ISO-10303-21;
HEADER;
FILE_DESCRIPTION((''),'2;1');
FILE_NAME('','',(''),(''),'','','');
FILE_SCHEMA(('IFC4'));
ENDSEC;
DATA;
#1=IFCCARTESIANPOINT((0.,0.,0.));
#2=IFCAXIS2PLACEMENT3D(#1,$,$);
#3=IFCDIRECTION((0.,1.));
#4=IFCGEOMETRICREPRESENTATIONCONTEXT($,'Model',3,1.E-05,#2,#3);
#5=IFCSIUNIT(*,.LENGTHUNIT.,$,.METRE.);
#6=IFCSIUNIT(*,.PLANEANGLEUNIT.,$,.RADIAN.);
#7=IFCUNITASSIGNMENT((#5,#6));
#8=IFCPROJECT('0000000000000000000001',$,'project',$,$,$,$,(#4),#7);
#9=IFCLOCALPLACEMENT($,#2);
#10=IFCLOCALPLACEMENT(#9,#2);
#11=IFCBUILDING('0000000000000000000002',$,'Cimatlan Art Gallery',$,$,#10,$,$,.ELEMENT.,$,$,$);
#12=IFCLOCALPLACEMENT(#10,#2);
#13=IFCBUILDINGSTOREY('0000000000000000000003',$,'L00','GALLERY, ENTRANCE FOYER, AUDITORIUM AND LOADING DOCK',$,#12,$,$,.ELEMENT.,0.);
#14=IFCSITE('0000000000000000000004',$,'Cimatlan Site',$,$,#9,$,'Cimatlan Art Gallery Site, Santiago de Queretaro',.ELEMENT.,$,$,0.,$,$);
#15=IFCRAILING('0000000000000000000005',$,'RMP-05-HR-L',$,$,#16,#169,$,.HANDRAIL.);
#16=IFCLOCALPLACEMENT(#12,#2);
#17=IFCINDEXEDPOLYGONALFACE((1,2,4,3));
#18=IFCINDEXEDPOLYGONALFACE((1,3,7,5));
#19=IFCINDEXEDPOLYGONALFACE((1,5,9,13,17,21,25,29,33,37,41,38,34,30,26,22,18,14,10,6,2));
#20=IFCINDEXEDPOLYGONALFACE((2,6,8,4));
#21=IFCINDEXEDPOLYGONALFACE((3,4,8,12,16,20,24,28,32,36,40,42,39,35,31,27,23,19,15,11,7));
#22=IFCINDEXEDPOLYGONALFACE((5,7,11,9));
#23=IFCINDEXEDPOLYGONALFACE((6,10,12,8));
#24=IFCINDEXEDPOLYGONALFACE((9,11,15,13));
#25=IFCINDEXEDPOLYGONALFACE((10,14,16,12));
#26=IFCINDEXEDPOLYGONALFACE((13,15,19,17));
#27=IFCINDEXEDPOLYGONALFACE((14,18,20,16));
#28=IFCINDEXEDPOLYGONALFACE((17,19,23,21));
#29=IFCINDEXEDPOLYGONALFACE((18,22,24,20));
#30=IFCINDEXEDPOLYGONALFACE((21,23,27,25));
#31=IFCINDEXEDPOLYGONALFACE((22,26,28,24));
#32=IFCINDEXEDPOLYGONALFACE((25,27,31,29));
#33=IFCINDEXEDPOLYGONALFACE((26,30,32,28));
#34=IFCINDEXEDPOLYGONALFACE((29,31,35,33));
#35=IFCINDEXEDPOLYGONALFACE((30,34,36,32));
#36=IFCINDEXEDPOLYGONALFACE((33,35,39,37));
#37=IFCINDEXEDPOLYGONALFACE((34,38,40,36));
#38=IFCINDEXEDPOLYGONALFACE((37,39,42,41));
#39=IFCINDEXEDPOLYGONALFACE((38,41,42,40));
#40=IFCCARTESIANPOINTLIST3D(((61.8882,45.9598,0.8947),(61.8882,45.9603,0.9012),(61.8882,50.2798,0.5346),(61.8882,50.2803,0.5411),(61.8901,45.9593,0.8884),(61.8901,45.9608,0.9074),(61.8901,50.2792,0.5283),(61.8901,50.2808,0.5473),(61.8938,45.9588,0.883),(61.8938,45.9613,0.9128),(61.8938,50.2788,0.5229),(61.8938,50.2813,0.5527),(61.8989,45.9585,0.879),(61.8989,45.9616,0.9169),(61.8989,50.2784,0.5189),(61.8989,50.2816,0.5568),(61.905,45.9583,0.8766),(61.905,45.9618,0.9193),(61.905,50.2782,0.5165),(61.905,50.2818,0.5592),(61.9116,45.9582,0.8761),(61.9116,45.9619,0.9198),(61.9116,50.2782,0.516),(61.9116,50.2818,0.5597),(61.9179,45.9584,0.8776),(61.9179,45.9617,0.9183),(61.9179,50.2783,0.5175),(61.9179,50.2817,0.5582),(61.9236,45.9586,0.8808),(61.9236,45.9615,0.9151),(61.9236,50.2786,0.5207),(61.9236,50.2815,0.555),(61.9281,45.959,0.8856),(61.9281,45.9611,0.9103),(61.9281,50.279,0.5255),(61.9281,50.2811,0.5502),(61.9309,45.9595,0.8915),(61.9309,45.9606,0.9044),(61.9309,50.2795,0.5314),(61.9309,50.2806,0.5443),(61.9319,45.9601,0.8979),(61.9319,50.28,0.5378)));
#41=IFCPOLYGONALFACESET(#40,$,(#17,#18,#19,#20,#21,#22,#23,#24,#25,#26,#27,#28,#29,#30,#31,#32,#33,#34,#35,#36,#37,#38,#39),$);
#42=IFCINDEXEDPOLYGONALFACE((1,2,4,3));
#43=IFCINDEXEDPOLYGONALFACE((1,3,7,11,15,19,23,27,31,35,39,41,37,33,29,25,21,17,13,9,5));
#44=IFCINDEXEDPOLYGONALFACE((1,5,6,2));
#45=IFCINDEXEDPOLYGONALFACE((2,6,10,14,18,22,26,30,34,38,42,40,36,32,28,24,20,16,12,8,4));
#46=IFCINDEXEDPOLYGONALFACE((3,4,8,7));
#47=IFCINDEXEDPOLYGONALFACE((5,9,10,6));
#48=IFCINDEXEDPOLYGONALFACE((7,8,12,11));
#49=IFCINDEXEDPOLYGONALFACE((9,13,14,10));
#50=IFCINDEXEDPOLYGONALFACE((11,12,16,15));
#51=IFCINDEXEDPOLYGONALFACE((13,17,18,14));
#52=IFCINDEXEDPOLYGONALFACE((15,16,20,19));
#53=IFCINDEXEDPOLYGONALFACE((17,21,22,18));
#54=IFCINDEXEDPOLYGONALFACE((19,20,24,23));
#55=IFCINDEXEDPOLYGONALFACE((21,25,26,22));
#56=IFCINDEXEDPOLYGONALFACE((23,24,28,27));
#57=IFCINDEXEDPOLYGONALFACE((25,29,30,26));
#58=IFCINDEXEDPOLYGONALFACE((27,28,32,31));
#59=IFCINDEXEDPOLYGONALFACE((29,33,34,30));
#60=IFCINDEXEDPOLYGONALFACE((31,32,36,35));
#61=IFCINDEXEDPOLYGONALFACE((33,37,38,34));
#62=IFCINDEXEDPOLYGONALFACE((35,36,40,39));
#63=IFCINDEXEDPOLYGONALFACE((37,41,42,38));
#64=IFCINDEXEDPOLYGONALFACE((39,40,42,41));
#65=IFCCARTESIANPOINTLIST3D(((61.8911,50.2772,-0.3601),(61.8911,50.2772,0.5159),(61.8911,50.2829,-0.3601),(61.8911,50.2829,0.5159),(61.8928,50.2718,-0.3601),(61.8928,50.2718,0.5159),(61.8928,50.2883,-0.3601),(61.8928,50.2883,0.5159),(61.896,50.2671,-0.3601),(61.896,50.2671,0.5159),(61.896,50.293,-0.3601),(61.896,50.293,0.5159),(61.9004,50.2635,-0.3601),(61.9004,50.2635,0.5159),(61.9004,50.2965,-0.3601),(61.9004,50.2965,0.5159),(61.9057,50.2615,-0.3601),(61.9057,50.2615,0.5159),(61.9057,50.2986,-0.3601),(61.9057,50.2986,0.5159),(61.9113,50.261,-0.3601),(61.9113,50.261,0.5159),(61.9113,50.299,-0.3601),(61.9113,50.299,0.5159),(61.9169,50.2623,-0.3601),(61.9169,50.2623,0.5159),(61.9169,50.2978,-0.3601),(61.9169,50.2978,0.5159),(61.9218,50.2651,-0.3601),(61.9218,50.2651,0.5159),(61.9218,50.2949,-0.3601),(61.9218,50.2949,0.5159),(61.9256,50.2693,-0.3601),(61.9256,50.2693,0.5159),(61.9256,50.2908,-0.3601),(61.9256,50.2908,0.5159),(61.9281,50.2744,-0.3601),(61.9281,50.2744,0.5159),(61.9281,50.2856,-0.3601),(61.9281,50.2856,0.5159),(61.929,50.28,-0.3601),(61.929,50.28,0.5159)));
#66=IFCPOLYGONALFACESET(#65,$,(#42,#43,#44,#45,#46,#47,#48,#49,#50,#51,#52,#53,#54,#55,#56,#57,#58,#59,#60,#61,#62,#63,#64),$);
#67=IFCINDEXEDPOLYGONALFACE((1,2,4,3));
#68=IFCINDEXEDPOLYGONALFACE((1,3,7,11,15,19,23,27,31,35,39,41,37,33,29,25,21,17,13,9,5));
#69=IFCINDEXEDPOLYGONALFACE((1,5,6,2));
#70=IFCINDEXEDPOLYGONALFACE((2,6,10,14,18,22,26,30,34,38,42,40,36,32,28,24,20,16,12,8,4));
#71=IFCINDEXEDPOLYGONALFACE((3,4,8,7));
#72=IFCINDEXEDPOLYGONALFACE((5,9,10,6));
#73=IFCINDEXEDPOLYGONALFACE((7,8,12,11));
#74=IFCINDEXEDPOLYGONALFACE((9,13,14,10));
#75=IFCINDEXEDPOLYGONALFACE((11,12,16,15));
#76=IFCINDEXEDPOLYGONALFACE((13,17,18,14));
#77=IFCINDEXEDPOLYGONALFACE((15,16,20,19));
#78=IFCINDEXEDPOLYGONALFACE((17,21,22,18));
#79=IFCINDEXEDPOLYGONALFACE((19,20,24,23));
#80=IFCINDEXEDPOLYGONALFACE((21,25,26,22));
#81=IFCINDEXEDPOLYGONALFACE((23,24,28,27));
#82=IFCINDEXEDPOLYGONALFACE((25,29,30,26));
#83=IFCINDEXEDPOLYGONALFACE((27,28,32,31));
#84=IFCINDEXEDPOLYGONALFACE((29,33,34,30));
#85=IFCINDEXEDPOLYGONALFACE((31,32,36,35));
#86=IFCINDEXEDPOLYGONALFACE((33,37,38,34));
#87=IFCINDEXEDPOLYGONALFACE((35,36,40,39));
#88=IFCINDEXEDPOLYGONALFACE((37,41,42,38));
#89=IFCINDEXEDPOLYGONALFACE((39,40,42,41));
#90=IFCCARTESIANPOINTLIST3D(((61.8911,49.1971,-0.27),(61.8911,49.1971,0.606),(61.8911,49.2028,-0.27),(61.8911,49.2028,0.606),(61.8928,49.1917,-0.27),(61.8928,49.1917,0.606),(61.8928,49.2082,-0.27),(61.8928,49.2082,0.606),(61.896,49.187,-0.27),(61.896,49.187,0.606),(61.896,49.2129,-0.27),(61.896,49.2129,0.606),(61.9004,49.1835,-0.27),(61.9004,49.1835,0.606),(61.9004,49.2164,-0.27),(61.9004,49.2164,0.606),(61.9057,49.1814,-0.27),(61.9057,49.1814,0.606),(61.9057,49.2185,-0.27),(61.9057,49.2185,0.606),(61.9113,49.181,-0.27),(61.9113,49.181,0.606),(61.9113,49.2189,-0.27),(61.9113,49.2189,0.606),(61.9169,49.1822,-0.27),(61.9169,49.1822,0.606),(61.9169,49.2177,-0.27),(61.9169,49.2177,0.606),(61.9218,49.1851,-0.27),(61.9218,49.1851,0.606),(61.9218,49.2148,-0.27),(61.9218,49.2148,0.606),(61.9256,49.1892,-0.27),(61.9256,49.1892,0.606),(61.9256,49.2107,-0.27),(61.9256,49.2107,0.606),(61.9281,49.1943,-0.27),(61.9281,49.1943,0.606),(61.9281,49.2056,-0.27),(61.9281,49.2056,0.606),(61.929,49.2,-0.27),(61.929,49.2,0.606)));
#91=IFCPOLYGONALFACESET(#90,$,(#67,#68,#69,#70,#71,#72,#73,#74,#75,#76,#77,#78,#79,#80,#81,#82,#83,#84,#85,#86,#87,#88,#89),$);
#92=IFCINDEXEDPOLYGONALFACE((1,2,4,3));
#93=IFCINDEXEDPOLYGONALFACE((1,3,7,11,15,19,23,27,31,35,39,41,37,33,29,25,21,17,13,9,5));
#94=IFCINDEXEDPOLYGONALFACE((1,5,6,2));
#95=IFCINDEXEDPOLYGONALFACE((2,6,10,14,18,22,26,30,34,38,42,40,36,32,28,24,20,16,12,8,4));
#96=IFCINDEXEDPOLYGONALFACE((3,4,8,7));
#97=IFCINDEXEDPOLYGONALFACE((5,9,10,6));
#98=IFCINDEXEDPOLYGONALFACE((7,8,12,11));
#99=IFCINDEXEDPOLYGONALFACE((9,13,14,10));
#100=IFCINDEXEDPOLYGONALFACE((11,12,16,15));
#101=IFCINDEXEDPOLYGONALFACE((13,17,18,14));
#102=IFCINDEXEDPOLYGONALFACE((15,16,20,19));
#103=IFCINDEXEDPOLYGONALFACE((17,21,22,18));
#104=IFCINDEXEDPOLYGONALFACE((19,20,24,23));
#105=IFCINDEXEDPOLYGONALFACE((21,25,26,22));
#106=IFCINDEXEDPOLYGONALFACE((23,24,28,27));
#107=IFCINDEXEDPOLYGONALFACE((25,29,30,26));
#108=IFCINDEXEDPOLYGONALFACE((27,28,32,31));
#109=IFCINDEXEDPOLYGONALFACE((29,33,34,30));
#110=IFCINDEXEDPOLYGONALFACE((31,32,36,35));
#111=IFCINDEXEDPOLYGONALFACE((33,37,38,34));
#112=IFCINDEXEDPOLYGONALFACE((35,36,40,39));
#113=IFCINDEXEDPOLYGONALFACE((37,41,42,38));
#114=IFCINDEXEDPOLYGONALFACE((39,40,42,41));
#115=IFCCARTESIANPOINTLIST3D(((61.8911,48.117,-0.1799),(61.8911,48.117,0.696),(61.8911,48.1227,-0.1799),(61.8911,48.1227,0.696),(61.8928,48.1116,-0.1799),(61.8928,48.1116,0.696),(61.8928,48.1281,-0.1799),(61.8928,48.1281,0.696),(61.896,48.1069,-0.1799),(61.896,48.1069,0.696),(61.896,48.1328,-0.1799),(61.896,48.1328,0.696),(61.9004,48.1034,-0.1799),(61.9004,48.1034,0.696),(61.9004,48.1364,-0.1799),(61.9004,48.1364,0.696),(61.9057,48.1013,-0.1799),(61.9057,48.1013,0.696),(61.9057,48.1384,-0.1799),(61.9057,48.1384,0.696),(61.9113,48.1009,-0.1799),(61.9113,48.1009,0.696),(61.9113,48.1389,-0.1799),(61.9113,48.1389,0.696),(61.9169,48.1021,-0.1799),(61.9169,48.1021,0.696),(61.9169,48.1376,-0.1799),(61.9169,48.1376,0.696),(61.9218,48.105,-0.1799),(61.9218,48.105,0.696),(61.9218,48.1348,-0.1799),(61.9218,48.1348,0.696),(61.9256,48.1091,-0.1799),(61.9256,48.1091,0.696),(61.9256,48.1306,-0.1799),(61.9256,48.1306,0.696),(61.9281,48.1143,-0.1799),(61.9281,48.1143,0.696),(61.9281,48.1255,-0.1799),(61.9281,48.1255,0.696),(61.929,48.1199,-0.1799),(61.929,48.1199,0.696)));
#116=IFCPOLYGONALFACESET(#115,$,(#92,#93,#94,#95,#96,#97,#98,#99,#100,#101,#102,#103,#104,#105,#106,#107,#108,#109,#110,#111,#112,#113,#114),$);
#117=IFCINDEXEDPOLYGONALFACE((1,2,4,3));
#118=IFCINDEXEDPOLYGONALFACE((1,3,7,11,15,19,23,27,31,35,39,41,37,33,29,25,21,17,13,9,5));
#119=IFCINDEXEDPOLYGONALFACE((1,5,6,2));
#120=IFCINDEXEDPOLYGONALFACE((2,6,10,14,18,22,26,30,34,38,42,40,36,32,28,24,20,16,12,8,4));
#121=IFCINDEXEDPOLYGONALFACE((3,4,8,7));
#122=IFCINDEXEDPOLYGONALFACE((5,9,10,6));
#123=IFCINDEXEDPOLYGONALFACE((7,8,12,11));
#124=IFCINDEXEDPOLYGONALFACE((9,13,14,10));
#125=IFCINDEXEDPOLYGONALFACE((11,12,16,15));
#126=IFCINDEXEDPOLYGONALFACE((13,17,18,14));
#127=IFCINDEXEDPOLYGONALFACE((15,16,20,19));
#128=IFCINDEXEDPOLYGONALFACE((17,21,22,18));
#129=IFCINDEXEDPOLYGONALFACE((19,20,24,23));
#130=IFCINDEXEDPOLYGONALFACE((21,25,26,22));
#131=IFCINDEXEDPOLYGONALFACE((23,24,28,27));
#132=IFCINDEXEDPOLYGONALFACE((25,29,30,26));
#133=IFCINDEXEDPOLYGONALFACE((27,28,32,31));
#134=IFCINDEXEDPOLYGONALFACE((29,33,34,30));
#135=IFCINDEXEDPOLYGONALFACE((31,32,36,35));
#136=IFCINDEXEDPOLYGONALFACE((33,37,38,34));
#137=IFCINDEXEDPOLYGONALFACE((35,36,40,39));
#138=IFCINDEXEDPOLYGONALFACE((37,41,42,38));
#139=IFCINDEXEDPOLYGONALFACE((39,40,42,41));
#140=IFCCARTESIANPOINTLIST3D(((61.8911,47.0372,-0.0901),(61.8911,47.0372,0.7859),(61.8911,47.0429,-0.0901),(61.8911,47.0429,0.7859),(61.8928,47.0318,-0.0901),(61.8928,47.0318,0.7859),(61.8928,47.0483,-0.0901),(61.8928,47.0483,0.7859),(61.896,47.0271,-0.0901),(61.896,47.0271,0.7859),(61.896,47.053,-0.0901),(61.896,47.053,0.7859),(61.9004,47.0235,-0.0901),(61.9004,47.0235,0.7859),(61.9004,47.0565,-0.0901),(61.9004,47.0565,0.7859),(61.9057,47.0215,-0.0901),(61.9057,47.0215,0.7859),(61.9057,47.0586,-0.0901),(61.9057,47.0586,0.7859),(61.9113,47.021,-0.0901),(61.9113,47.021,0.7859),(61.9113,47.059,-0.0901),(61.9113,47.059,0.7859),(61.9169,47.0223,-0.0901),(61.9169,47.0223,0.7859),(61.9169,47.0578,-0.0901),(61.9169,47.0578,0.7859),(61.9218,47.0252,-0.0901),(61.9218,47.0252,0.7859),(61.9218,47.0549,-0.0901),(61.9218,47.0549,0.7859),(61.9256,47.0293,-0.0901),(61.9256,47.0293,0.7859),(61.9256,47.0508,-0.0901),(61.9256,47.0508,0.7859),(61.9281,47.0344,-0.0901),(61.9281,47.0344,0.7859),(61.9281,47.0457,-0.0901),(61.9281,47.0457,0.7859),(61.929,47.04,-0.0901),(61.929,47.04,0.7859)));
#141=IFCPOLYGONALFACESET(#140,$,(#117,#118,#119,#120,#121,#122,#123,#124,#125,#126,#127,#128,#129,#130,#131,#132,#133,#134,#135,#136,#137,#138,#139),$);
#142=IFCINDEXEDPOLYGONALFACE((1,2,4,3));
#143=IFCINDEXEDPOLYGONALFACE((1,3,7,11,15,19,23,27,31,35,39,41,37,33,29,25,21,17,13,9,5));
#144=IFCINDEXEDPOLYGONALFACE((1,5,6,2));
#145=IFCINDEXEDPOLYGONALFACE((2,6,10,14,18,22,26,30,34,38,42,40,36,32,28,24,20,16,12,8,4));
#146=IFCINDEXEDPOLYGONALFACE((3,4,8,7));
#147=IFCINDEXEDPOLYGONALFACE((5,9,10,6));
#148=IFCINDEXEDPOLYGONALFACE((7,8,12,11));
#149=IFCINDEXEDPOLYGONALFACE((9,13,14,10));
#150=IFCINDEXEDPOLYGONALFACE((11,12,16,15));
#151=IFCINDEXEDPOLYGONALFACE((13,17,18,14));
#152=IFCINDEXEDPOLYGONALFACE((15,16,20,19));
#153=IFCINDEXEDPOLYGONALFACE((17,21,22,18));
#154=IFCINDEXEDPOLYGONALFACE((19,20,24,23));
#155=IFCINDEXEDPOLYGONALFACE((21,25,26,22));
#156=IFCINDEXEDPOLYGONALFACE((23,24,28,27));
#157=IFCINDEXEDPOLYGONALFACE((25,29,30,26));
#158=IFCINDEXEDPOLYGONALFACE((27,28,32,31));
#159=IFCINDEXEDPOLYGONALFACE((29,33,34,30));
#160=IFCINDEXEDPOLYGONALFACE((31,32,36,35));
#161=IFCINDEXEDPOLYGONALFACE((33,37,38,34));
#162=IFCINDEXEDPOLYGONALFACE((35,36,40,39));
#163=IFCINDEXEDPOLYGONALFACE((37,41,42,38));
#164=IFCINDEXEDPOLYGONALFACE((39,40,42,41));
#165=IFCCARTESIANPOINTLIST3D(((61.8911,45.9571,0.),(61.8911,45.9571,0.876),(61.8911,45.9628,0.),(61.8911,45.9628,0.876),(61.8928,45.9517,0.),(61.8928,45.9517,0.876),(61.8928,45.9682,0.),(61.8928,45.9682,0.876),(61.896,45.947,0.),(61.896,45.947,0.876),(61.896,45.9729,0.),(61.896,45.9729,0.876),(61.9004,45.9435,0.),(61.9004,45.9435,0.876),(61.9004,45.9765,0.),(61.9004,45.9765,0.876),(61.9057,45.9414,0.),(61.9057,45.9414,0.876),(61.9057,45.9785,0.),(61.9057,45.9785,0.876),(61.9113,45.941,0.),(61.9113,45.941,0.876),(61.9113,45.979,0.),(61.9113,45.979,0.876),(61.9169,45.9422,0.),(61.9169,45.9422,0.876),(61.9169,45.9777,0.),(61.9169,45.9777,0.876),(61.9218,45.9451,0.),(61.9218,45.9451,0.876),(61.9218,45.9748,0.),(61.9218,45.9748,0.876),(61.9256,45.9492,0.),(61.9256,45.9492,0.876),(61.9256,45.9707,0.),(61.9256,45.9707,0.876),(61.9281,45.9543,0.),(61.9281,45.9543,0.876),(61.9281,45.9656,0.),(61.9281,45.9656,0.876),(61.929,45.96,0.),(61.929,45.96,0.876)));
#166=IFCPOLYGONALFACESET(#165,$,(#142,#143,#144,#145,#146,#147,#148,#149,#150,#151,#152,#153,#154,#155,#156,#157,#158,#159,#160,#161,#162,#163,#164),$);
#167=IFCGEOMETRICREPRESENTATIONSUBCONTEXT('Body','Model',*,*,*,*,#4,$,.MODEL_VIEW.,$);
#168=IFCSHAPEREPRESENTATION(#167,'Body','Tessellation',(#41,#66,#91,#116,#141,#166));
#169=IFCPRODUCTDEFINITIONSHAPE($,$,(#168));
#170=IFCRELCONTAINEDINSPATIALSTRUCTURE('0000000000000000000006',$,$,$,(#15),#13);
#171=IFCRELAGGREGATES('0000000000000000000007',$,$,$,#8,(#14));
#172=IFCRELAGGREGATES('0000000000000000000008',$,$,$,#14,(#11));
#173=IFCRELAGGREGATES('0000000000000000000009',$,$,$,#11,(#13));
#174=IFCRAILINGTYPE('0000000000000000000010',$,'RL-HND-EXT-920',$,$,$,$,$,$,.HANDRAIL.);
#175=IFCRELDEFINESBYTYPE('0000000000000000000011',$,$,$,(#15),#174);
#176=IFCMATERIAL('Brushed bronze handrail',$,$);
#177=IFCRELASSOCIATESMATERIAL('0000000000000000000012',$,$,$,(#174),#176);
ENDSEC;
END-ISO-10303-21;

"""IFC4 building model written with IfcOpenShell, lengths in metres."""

from ifc_helpers import new_model, si_unit, direction, frame, origin, origin_2d, place, context, subcontext, project, spatial, circle, extrude, material, type_object, element, save


model = new_model("IFC4")

# Units and contexts
model_context = context("Model", 3, precision=1e-05, world=origin(), true_north=direction((0.0, 1.0)))
body_context = subcontext(model_context, "Body", "Model", "MODEL_VIEW")
ifc_project = project(units=[si_unit("LENGTHUNIT", "METRE"), si_unit("PLANEANGLEUNIT", "RADIAN")], contexts=[model_context])

# Site, building, storey
site_placement = place(None, origin())
site = spatial("IfcSite", under=ifc_project, at=site_placement, Name="Cimatlan Site", LongName="Cimatlan Art Gallery Site, Santiago de Queretaro", CompositionType="ELEMENT", RefElevation=0.0)
building_placement = place(site_placement, origin())
building = spatial("IfcBuilding", under=site, at=building_placement, Name="Cimatlan Art Gallery", CompositionType="ELEMENT")
storey_placement = place(building_placement, origin())
storey = spatial("IfcBuildingStorey", under=building, at=storey_placement, Name="L00", Description="GALLERY, ENTRANCE FOYER, AUDITORIUM AND LOADING DOCK", CompositionType="ELEMENT", Elevation=0.0)

# Railing
ifc_material_1 = material(Name="Brushed bronze handrail")
railing_type = type_object("IfcRailingType", Name="RL-HND-EXT-920", PredefinedType="HANDRAIL", material=ifc_material_1)
for number, where, name in (
    (1, (61.9099, 50.28, -0.3601), "RMP-05-HR-L"),
):
    element("IfcRailing", number, at=place(storey_placement, frame(where)), inside=storey, type_object=railing_type, Name=name, PredefinedType="HANDRAIL", context=body_context, shape_type="SweptSolid", body=[
        extrude(circle(Radius=0.022, at=origin_2d()), frame((0.0, 0.0, 0.8979), z_axis=(0.0, -0.996544, 0.083069), x_axis=(1.0, 0.0, 0.0)), (0.0, 0.0, 1.0), 4.335),
        extrude(circle(Radius=0.019, at=origin_2d()), origin(), (0.0, 0.0, 1.0), 0.876),
        extrude(circle(Radius=0.019, at=origin_2d()), frame((0.0, -1.0801, 0.0901)), (0.0, 0.0, 1.0), 0.876),
        extrude(circle(Radius=0.019, at=origin_2d()), frame((0.0, -2.1602, 0.1802)), (0.0, 0.0, 1.0), 0.876),
        extrude(circle(Radius=0.019, at=origin_2d()), frame((0.0, -3.24, 0.27)), (0.0, 0.0, 1.0), 0.876),
        extrude(circle(Radius=0.019, at=origin_2d()), frame((0.0, -4.3201, 0.3601)), (0.0, 0.0, 1.0), 0.876),
    ])

save(model, "model.ifc")
